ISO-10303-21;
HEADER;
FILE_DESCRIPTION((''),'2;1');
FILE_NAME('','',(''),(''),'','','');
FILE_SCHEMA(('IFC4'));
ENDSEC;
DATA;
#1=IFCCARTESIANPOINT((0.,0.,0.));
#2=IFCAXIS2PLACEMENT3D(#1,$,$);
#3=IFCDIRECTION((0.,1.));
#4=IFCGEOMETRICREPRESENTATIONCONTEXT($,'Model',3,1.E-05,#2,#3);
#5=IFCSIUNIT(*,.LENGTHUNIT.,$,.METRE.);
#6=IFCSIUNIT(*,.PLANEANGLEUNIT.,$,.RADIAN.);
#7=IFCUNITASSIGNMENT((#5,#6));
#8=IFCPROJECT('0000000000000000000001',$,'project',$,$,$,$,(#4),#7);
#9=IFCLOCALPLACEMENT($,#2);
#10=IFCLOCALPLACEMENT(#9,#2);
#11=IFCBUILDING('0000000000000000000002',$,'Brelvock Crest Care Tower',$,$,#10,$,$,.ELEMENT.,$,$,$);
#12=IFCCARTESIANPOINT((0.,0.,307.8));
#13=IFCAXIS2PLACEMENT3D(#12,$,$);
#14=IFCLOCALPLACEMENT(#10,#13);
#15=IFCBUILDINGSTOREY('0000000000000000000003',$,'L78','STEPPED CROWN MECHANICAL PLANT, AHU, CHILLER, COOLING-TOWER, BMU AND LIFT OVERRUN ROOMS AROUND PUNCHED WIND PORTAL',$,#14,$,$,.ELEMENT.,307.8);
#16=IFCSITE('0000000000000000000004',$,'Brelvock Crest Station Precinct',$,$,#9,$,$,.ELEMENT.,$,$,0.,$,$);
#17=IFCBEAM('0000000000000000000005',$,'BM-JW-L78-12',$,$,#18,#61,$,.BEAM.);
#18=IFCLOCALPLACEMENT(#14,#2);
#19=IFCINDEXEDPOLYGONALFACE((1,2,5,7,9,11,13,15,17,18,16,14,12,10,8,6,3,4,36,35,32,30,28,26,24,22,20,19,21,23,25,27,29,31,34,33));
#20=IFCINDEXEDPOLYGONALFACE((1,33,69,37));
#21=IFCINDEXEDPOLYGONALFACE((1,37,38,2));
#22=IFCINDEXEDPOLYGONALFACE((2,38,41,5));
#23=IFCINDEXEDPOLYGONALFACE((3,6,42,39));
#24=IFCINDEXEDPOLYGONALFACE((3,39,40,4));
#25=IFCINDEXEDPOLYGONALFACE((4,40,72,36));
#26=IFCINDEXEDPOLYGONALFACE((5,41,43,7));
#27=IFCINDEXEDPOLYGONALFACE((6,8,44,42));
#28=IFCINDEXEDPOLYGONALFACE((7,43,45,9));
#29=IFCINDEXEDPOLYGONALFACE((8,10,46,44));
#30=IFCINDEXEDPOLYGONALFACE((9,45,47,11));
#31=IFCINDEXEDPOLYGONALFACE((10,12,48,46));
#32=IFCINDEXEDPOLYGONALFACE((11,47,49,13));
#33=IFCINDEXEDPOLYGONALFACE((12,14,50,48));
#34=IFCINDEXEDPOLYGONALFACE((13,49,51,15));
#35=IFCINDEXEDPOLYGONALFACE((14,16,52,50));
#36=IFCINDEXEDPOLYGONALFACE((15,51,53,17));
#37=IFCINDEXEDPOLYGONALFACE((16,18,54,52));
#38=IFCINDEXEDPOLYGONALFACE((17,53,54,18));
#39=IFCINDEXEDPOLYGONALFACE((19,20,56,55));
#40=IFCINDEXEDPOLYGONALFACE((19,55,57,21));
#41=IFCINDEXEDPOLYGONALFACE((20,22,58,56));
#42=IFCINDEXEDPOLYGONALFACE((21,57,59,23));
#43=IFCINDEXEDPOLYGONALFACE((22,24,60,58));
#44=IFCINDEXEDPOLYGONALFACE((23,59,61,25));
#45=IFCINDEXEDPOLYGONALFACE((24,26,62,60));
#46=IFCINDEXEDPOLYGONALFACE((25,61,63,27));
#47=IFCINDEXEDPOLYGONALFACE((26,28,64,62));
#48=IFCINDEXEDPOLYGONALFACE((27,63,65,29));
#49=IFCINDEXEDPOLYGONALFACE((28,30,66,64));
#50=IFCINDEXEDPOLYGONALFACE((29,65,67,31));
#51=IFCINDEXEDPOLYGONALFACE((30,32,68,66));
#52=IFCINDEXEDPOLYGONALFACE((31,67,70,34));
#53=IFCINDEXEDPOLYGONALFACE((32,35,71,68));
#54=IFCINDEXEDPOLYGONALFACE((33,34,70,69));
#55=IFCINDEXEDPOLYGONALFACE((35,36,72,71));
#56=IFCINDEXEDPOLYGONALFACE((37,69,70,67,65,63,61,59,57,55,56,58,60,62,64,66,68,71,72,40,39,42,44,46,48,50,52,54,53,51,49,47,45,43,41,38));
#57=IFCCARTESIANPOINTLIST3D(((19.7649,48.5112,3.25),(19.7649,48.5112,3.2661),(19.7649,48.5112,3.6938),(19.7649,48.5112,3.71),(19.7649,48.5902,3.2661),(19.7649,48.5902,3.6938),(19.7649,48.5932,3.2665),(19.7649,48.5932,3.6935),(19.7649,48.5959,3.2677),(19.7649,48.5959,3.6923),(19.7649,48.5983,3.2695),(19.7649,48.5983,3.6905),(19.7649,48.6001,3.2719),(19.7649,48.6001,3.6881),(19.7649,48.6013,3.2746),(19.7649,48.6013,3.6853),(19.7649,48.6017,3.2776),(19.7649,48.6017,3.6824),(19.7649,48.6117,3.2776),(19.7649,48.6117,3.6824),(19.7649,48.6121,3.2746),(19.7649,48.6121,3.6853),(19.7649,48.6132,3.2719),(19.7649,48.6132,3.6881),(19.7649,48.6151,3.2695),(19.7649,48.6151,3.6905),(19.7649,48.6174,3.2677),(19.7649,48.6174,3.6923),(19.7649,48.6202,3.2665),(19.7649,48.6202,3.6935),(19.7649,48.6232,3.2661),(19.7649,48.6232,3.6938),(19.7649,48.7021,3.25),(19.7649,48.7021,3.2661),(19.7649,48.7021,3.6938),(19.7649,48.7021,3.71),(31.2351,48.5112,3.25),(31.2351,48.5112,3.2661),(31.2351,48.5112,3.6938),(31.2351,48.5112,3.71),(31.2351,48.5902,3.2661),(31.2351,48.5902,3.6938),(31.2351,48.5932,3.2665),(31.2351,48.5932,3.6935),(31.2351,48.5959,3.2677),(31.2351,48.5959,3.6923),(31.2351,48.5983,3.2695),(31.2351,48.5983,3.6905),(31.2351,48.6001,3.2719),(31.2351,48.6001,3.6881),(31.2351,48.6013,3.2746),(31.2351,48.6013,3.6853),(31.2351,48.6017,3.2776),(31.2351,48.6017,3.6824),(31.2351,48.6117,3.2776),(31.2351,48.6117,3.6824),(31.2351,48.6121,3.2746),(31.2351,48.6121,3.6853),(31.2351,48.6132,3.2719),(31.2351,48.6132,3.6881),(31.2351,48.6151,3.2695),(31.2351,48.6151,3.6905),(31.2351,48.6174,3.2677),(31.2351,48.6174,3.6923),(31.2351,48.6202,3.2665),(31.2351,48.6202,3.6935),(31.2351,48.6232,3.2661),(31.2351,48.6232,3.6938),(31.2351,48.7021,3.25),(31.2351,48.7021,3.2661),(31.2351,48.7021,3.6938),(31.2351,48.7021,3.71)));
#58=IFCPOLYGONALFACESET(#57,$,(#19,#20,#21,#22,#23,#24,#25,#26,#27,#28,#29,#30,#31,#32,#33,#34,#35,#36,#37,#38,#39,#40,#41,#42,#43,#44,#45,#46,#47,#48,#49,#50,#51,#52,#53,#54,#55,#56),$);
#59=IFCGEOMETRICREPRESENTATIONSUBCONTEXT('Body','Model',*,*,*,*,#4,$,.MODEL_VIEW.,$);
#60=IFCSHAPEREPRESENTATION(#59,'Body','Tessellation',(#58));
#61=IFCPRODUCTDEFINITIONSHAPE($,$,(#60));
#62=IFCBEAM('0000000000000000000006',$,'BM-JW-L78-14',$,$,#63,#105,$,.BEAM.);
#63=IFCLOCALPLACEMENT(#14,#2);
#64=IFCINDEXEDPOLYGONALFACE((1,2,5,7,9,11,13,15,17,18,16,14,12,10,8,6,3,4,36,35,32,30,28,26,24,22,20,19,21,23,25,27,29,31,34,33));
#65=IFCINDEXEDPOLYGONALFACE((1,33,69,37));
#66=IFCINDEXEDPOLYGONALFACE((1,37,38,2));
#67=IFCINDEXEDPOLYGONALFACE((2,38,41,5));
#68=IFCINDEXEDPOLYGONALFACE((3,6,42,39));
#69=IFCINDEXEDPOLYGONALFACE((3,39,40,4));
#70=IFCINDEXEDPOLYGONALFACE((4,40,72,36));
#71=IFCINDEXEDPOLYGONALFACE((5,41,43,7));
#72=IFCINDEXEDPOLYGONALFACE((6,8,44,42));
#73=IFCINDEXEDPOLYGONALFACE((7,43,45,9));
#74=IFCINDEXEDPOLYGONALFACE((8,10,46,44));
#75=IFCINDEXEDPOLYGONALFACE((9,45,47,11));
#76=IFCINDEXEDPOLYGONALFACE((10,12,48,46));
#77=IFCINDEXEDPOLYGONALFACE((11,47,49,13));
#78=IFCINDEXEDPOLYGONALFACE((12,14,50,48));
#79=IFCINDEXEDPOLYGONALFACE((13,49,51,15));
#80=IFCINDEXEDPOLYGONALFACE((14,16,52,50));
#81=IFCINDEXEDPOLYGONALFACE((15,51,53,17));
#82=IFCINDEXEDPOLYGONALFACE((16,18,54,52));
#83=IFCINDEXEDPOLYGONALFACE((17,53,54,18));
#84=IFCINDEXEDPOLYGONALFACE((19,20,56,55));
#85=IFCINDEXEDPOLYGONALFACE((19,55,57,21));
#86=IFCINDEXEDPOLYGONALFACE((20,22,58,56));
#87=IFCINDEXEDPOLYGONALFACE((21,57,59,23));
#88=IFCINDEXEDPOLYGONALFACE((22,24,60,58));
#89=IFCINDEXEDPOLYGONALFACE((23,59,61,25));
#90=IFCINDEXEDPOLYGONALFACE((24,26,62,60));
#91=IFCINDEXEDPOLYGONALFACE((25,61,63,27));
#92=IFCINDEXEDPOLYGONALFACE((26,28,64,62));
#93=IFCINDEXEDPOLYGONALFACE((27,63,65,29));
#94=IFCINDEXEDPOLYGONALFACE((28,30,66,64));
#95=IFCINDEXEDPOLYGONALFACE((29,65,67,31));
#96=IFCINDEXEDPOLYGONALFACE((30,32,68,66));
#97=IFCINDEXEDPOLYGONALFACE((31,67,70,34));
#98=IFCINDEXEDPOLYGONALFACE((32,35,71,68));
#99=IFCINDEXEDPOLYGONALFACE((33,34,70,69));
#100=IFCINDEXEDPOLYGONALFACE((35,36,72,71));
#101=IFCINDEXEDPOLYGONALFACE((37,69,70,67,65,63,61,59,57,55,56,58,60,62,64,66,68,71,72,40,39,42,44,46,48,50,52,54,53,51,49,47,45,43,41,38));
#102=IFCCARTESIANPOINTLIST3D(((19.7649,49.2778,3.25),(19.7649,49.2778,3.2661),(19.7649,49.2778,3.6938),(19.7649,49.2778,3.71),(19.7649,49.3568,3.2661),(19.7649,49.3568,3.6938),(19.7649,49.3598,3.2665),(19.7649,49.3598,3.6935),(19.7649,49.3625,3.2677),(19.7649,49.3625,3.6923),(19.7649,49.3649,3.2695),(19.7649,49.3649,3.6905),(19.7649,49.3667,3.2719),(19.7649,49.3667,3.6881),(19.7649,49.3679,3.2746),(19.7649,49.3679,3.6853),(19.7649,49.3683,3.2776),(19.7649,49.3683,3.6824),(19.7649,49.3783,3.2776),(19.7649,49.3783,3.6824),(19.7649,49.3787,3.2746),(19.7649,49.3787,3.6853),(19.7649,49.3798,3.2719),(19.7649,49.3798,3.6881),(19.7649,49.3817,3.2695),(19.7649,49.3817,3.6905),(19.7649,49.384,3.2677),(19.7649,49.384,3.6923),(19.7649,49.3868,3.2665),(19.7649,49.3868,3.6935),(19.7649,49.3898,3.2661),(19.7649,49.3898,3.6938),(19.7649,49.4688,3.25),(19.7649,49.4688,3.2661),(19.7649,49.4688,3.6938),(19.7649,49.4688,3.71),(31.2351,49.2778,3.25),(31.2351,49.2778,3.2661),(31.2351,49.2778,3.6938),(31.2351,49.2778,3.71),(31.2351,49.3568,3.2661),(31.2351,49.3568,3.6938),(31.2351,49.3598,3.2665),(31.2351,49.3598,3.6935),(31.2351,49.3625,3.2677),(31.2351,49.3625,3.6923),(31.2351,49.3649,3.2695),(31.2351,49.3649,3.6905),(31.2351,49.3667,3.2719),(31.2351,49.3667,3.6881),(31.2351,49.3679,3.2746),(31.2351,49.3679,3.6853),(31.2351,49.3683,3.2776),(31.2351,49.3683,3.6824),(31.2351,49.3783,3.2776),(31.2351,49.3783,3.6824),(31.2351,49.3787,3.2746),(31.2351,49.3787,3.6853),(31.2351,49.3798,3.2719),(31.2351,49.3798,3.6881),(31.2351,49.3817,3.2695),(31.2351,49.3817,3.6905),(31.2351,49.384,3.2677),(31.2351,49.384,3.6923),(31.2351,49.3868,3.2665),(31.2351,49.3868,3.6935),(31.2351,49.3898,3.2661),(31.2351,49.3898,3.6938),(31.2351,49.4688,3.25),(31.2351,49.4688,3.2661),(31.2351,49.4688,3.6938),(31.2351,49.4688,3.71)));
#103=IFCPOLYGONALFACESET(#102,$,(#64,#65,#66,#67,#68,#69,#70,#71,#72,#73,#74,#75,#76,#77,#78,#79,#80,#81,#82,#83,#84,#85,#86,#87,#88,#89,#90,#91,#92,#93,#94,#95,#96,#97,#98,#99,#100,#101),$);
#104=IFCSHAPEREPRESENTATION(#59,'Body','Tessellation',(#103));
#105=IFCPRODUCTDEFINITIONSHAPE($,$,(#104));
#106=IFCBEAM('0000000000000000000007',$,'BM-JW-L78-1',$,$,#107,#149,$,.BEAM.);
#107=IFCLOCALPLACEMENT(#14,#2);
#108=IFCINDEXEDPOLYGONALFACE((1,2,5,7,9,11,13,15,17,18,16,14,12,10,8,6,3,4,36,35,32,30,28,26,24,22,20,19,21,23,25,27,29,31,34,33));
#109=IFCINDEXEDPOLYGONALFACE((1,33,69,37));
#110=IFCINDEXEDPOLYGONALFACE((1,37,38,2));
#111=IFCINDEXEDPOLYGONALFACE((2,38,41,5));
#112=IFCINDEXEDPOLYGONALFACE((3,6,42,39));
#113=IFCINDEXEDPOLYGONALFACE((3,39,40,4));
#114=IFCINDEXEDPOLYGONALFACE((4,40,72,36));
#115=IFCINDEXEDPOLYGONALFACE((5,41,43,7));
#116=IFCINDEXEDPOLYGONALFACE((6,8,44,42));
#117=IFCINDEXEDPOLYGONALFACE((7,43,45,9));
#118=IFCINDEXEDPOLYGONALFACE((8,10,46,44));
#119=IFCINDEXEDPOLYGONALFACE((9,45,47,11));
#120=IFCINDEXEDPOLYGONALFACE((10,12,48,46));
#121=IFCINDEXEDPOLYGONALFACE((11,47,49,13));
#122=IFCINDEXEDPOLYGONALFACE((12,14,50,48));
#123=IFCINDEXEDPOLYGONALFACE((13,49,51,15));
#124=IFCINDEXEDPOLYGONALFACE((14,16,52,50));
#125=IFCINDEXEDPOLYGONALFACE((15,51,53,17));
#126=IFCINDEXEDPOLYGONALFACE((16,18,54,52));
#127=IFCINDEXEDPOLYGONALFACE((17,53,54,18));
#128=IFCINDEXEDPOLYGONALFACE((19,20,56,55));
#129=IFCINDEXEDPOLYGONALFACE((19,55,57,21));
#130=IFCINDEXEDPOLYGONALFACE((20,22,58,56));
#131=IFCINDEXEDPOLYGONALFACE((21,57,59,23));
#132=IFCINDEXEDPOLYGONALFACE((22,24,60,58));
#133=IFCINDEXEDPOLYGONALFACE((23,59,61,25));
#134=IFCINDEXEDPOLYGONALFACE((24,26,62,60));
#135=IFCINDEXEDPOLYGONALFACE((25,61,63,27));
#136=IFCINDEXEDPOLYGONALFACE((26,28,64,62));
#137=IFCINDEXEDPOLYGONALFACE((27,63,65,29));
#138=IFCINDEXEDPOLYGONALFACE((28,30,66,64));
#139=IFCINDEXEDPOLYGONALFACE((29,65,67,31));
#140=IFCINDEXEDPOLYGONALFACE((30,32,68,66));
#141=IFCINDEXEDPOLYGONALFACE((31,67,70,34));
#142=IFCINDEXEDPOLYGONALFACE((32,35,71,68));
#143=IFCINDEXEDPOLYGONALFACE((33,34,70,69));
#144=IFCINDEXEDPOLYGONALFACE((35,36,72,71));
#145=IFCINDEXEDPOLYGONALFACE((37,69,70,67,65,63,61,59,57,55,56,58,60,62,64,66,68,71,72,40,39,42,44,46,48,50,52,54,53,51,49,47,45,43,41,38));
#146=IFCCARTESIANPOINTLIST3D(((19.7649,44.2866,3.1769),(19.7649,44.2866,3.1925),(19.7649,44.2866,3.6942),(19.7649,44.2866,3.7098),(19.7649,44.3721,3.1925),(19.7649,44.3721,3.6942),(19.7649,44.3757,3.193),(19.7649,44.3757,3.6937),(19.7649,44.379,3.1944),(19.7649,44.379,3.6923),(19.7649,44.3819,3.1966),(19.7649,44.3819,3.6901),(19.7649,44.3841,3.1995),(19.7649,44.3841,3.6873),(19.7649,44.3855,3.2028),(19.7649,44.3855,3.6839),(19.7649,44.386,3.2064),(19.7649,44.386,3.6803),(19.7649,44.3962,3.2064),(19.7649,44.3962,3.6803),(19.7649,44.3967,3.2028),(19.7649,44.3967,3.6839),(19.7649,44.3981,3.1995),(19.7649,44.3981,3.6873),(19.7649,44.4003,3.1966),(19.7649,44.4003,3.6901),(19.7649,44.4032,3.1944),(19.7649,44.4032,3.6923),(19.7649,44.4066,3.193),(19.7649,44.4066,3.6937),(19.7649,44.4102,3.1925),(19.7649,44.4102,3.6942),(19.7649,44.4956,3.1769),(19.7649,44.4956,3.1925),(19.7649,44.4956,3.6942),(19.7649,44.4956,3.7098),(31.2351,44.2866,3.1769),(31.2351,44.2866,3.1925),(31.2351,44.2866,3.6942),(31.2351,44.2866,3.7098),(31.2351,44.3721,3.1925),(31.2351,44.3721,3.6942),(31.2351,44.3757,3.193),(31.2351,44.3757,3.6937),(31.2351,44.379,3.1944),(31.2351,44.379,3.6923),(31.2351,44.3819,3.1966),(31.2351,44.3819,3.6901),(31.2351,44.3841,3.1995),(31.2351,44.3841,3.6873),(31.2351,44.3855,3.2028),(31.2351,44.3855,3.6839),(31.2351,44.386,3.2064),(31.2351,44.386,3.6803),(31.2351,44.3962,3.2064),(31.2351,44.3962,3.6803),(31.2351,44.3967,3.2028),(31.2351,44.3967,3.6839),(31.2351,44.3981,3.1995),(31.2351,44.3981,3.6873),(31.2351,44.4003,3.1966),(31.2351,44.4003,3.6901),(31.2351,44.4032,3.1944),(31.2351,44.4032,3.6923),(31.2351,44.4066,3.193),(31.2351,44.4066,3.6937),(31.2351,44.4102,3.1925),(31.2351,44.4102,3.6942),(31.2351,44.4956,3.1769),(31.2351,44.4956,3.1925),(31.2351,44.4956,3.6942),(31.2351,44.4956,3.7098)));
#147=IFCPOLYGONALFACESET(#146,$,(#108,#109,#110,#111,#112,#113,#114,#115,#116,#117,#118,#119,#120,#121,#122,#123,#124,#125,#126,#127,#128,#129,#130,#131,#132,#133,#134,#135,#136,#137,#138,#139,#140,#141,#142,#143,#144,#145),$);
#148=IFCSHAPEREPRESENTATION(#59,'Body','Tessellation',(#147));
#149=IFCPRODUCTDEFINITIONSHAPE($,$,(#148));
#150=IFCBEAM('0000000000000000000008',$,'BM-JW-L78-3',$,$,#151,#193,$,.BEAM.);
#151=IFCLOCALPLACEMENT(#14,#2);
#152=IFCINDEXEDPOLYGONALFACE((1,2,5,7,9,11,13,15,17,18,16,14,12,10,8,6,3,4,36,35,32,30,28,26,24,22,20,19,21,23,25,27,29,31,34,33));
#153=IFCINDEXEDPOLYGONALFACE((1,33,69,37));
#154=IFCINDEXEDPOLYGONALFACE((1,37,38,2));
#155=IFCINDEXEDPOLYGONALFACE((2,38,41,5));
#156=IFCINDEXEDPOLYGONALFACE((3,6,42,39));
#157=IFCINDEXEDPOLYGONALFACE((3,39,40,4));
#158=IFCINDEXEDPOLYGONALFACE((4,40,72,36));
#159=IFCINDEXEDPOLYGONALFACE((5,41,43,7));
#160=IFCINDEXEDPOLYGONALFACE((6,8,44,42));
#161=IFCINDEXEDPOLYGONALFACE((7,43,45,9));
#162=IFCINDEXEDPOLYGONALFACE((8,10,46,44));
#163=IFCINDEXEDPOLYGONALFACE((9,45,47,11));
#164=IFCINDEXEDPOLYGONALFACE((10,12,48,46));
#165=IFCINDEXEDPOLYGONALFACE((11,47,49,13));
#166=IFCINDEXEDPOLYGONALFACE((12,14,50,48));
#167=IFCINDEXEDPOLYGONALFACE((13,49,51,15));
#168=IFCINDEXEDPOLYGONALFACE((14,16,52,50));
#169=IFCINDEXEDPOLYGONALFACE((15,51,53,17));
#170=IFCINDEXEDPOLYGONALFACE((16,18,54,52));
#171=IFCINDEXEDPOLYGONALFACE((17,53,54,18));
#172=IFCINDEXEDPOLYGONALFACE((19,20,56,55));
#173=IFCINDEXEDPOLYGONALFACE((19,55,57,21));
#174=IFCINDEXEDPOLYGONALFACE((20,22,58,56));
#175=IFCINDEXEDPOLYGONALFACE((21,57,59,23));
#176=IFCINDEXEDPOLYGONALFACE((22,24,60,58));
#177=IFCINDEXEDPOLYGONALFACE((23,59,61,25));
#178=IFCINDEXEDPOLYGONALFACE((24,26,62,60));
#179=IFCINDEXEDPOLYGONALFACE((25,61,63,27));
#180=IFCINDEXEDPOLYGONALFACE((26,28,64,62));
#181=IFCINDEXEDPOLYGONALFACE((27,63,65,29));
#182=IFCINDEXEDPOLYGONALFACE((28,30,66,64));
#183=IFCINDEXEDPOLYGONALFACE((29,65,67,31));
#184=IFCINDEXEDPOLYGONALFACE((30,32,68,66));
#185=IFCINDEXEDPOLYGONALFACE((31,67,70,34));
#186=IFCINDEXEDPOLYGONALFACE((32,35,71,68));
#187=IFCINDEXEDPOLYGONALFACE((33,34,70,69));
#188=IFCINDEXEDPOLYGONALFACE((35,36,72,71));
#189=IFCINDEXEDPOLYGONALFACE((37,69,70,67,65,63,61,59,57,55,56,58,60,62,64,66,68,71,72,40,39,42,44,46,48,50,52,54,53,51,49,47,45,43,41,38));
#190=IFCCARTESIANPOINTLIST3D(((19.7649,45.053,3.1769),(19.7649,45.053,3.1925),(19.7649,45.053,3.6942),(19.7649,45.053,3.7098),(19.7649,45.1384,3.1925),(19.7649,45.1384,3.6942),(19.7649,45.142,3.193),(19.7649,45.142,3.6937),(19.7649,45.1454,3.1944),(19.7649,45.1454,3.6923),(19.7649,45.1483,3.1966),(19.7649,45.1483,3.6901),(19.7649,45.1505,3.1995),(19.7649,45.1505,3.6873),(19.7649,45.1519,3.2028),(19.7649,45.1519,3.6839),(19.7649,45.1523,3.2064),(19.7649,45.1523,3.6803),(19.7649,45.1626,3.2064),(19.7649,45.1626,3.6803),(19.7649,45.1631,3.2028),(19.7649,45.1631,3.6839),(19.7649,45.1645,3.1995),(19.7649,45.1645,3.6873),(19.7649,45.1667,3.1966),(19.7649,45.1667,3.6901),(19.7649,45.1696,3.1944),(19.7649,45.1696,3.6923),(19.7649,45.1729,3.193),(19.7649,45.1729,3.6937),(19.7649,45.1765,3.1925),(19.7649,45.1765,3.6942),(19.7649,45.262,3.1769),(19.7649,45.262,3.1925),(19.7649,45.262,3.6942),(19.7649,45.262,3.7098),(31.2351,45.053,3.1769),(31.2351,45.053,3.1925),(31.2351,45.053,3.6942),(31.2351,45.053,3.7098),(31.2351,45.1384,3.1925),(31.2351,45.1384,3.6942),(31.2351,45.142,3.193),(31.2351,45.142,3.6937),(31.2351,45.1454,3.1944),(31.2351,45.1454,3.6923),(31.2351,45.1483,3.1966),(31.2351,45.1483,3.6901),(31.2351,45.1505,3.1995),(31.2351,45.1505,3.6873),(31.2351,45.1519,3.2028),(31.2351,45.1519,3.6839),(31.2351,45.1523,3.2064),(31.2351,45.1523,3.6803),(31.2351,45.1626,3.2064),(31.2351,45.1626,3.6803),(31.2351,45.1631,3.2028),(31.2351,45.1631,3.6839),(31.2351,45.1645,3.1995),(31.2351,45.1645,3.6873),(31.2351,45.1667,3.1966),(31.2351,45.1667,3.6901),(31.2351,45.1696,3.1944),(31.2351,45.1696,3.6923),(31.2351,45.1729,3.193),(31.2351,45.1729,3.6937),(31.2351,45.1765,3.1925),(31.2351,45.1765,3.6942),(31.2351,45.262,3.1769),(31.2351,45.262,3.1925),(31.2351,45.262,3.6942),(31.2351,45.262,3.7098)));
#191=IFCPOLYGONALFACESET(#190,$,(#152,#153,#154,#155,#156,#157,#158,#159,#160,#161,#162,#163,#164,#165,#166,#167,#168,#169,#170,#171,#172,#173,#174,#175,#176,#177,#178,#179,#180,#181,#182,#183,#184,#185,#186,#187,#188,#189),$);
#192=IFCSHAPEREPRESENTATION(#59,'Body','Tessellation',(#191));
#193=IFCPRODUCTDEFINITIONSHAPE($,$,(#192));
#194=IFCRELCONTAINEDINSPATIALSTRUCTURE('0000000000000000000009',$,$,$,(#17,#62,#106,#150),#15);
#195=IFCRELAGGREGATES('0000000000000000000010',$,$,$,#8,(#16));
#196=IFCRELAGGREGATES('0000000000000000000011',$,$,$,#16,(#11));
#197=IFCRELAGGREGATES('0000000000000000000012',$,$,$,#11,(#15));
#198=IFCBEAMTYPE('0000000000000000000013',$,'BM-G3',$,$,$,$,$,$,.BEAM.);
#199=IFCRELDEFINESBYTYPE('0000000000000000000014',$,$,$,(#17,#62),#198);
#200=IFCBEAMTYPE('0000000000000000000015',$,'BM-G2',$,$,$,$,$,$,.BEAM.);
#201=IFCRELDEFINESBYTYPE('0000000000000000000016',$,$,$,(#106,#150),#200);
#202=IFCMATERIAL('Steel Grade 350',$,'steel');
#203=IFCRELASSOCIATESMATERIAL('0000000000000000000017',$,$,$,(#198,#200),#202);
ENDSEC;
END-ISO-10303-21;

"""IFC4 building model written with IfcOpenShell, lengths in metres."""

from ifc_helpers import new_model, si_unit, direction, frame, origin, origin_2d, place, context, subcontext, project, spatial, i_section, extrude, source, transform, mapped, material, material_profile, profile_set, type_object, element, save


model = new_model("IFC4")

# Units and contexts
model_context = context("Model", 3, precision=1e-05, world=origin(), true_north=direction((0.0, 1.0)))
body_context = subcontext(model_context, "Body", "Model", "MODEL_VIEW")
ifc_project = project(units=[si_unit("LENGTHUNIT", "METRE"), si_unit("PLANEANGLEUNIT", "RADIAN")], contexts=[model_context])

# Site, building, storey
site_placement = place(None, origin())
site = spatial("IfcSite", under=ifc_project, at=site_placement, Name="Brelvock Crest Station Precinct", CompositionType="ELEMENT", RefElevation=0.0)
building_placement = place(site_placement, origin())
building = spatial("IfcBuilding", under=site, at=building_placement, Name="Brelvock Crest Care Tower", CompositionType="ELEMENT")
storey_placement = place(building_placement, frame((0.0, 0.0, 307.8)))
storey = spatial("IfcBuildingStorey", under=building, at=storey_placement, Name="L78", Description="STEPPED CROWN MECHANICAL PLANT, AHU, CHILLER, COOLING-TOWER, BMU AND LIFT OVERRUN ROOMS AROUND PUNCHED WIND PORTAL", CompositionType="ELEMENT", Elevation=307.8)

# Shared definitions
ifc_material_1 = material(Name="Steel Grade 350", Category="steel")

# Beams
ifc_material_profile_1 = material_profile(ifc_material_1, i_section(OverallWidth=0.1909, OverallDepth=0.46, WebThickness=0.01, FlangeThickness=0.0161, FilletRadius=0.0115, at=origin_2d()), Name="460UB82.1")
ifc_profile_set_1 = profile_set([ifc_material_profile_1], Name="Steel Grade 350")
beam_type_1 = type_object("IfcBeamType", Name="BM-G3", PredefinedType="BEAM", material=ifc_profile_set_1)
shared_shape_1 = source(origin(), body_context, "Body", "SweptSolid", [
    extrude(i_section(OverallWidth=0.1909, OverallDepth=0.46, WebThickness=0.01, FlangeThickness=0.0161, FilletRadius=0.0115, at=origin_2d()), origin(), (0.0, 0.0, 1.0), 11.4702),
])
for number, where, z_axis, x_axis, name in (
    (1, (19.7649, 48.6067, 3.48), (1.0, 0.0, 0.0), (0.0, 1.0, 0.0), "BM-JW-L78-12"),
    (2, (19.7649, 49.3733, 3.48), (1.0, 0.0, 0.0), (0.0, 1.0, 0.0), "BM-JW-L78-14"),
):
    element("IfcBeam", number, at=place(storey_placement, frame(where, z_axis=z_axis, x_axis=x_axis)), inside=storey, type_object=beam_type_1, Name=name, PredefinedType="BEAM", context=body_context, shape_type="MappedRepresentation", body=[
        mapped(shared_shape_1, transform((0.0, 0.0, 0.0), x_axis=(1.0, 0.0, 0.0), y_axis=(0.0, 1.0, 0.0), z_axis=(0.0, 0.0, 1.0), scale=1.0)),
    ])
ifc_material_profile_2 = material_profile(ifc_material_1, i_section(OverallWidth=0.209, OverallDepth=0.533, WebThickness=0.0103, FlangeThickness=0.0156, FilletRadius=0.0139, at=origin_2d()), Name="530UB92.4")
ifc_profile_set_2 = profile_set([ifc_material_profile_2], Name="Steel Grade 350")
beam_type_2 = type_object("IfcBeamType", Name="BM-G2", PredefinedType="BEAM", material=ifc_profile_set_2)
shared_shape_2 = source(origin(), body_context, "Body", "SweptSolid", [
    extrude(i_section(OverallWidth=0.209, OverallDepth=0.533, WebThickness=0.0103, FlangeThickness=0.0156, FilletRadius=0.0139, at=origin_2d()), origin(), (0.0, 0.0, 1.0), 11.4702),
])
for number, where, z_axis, x_axis, name in (
    (3, (19.7649, 44.3911, 3.4434), (1.0, 0.0, 0.0), (0.0, 1.0, 0.0), "BM-JW-L78-1"),
    (4, (19.7649, 45.1575, 3.4434), (1.0, 0.0, 0.0), (0.0, 1.0, 0.0), "BM-JW-L78-3"),
):
    element("IfcBeam", number, at=place(storey_placement, frame(where, z_axis=z_axis, x_axis=x_axis)), inside=storey, type_object=beam_type_2, Name=name, PredefinedType="BEAM", context=body_context, shape_type="MappedRepresentation", body=[
        mapped(shared_shape_2, transform((0.0, 0.0, 0.0), x_axis=(1.0, 0.0, 0.0), y_axis=(0.0, 1.0, 0.0), z_axis=(0.0, 0.0, 1.0), scale=1.0)),
    ])

save(model, "model.ifc")
